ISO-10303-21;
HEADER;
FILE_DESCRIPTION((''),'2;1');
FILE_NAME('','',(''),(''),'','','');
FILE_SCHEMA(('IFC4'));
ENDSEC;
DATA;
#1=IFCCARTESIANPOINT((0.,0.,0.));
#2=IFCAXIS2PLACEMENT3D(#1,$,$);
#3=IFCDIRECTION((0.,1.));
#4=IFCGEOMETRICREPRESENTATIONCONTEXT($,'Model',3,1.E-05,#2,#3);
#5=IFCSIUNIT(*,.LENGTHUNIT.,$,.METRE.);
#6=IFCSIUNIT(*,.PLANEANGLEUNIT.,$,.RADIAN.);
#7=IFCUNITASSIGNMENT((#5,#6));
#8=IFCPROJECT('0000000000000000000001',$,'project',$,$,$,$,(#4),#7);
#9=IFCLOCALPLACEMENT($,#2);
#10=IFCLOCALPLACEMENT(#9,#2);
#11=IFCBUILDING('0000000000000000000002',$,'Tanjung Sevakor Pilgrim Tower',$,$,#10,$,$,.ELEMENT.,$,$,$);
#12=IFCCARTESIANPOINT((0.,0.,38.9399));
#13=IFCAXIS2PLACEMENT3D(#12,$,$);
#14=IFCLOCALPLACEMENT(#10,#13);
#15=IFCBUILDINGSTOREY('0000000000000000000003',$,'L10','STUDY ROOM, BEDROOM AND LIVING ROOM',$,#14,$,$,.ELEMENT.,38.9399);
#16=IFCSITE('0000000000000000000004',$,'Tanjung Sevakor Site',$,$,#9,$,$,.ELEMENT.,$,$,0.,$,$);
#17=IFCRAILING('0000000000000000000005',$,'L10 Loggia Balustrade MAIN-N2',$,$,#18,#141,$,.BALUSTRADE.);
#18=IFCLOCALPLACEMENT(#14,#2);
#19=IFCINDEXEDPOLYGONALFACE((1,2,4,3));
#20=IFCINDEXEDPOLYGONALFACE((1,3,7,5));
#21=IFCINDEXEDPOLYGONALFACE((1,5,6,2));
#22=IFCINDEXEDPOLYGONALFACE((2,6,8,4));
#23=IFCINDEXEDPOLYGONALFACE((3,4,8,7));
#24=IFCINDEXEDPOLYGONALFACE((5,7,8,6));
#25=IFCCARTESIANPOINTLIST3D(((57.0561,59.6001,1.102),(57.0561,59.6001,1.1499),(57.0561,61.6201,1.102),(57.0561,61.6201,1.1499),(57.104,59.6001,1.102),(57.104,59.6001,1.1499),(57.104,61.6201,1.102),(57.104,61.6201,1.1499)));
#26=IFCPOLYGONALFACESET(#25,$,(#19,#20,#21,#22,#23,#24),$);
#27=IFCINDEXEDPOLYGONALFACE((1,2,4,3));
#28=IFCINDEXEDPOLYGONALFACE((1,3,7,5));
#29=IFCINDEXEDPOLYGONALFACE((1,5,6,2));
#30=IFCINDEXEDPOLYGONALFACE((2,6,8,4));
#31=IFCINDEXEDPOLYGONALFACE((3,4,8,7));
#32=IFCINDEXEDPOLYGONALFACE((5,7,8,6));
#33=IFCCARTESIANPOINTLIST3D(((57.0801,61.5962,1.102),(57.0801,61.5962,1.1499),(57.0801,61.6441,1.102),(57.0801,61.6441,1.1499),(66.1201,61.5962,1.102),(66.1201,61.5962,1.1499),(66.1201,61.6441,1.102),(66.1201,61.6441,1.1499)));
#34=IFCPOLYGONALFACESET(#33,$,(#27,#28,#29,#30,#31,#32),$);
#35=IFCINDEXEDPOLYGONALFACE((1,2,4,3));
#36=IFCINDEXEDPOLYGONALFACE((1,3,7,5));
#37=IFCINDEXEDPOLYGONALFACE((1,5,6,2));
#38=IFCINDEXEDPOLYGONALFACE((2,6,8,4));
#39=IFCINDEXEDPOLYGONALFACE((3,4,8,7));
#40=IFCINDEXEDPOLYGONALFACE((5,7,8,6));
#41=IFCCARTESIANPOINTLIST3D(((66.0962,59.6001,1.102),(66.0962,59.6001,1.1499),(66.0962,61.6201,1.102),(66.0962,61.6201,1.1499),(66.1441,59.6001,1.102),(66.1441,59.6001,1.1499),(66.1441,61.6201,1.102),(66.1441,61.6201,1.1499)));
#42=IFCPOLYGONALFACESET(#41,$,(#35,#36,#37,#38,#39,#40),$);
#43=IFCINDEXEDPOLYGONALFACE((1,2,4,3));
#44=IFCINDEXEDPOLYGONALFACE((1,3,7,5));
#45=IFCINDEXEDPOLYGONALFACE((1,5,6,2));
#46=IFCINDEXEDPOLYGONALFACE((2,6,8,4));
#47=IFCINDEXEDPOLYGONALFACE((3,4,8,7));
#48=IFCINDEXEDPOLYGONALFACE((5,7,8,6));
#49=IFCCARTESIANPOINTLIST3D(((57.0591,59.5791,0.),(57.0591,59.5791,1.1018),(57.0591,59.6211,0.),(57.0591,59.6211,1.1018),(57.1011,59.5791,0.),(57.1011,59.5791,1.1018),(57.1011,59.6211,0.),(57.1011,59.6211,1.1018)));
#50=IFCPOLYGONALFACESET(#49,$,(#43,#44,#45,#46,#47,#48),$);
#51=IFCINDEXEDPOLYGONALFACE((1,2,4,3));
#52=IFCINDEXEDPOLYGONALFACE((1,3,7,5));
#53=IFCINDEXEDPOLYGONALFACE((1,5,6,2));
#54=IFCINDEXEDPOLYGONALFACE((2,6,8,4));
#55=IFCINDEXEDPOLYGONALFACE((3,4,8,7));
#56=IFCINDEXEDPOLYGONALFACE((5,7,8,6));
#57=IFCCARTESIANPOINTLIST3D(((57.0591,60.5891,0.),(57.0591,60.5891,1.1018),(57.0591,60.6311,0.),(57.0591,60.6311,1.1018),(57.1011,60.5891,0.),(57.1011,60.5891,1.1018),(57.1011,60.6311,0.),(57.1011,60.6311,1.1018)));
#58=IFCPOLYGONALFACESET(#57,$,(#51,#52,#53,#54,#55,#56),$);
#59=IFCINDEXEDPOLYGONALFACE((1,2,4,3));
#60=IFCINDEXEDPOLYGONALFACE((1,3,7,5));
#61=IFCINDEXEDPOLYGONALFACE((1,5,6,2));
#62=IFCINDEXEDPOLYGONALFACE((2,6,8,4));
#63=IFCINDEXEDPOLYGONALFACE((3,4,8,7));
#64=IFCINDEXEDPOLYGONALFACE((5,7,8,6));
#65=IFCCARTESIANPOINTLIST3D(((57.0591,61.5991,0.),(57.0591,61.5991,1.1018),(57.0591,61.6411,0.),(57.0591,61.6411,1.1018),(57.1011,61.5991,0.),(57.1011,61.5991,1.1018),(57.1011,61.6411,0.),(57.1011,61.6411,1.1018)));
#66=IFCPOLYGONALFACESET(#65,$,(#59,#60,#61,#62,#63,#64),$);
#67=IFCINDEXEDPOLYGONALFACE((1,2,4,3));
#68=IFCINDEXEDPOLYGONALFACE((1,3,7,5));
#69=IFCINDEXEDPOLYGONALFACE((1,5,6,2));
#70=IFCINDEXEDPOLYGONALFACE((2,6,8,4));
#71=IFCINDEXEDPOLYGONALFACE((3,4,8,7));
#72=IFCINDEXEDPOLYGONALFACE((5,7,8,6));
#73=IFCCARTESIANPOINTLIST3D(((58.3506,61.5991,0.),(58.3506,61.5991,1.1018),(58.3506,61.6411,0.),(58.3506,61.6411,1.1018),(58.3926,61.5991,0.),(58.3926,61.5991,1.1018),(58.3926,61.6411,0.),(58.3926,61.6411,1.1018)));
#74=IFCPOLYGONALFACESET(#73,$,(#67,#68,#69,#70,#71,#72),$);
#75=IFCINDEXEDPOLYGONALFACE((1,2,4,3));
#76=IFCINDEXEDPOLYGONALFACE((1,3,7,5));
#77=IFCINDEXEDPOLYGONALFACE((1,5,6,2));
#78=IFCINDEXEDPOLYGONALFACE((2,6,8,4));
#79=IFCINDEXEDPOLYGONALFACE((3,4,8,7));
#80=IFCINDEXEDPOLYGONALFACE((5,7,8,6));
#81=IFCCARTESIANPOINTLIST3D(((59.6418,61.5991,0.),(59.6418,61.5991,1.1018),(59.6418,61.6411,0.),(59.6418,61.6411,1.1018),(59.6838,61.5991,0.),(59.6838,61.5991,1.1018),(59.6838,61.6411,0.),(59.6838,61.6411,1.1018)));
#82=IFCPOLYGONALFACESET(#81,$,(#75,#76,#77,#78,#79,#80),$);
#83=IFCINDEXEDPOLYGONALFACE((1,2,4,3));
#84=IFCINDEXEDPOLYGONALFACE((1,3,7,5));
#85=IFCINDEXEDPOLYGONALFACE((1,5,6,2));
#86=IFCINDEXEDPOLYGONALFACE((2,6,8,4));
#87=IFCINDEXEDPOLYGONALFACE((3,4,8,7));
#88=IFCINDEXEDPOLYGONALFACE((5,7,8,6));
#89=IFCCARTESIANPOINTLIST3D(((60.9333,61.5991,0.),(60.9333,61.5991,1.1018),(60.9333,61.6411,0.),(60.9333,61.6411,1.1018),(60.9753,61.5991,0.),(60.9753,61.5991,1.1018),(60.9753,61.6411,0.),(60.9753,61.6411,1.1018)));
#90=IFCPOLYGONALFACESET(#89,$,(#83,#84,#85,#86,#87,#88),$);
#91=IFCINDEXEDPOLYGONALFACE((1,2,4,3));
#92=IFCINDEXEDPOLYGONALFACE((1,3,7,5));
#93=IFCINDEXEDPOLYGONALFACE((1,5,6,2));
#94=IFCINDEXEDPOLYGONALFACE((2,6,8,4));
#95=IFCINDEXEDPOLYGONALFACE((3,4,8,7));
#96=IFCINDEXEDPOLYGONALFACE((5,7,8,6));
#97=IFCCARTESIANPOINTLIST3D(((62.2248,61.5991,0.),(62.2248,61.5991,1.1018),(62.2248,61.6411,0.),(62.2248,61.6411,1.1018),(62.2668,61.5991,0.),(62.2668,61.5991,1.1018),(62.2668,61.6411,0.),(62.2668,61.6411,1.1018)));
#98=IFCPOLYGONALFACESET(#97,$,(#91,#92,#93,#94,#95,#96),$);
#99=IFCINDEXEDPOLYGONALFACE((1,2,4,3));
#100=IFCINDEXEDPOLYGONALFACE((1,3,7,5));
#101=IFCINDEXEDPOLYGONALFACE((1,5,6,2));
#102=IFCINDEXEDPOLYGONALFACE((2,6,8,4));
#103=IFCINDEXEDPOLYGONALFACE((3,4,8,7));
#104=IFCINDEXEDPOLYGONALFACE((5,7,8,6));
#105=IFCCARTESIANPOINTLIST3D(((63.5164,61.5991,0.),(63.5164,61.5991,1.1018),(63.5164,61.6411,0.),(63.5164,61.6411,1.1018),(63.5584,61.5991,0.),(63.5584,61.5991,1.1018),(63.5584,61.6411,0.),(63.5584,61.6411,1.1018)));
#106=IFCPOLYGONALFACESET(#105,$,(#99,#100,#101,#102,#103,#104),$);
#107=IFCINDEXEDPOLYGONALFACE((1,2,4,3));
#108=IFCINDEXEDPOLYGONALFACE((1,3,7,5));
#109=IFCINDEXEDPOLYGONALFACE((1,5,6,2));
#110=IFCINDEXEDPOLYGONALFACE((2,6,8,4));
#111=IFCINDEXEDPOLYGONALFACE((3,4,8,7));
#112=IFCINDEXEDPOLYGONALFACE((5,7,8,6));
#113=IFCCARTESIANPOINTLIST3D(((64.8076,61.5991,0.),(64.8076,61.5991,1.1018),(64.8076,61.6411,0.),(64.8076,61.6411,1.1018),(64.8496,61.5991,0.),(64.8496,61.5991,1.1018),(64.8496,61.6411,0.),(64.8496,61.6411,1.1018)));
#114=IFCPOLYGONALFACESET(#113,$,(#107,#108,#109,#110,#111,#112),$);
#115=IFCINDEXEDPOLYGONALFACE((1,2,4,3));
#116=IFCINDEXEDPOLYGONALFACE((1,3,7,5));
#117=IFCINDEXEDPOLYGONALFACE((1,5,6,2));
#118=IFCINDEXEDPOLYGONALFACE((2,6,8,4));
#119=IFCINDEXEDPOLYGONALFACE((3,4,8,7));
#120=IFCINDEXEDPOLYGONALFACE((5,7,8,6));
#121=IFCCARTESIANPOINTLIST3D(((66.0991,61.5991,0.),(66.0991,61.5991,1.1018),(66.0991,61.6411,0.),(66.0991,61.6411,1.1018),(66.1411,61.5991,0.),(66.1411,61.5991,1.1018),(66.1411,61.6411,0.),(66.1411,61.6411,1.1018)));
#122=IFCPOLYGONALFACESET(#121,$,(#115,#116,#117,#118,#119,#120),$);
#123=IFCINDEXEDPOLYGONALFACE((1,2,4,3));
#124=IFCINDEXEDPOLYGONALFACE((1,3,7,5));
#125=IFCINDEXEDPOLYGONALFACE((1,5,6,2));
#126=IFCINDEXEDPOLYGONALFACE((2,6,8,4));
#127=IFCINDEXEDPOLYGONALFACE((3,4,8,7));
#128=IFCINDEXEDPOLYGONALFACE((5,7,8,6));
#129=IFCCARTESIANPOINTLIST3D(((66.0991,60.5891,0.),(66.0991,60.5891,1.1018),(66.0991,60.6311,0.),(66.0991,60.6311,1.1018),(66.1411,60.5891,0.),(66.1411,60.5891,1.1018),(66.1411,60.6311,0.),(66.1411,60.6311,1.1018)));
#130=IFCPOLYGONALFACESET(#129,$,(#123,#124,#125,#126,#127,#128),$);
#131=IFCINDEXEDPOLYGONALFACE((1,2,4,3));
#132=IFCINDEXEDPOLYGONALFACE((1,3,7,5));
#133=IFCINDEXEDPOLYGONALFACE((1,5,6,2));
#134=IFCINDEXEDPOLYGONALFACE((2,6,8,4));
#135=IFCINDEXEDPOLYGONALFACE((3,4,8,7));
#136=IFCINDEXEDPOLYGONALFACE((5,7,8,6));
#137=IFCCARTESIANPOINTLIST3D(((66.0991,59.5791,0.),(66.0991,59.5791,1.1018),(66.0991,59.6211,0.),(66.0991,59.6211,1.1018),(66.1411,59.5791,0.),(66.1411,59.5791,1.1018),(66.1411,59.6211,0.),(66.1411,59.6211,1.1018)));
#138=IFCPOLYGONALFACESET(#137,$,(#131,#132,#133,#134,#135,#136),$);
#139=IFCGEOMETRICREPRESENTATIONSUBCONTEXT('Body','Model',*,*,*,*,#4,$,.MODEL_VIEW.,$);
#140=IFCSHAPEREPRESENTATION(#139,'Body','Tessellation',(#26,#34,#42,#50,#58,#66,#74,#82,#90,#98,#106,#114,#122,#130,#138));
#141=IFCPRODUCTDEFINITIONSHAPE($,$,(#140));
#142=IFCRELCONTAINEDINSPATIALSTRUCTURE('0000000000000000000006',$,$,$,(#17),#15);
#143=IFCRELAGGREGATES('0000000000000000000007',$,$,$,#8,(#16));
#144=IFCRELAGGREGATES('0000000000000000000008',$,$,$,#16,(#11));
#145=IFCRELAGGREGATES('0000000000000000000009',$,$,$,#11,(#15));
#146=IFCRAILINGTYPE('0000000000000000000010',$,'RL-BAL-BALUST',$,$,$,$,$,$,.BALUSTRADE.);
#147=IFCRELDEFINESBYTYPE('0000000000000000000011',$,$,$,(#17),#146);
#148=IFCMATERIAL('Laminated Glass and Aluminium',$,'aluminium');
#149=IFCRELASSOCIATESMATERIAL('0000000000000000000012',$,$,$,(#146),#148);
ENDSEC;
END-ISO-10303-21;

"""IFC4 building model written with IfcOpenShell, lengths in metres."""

from ifc_helpers import new_model, si_unit, direction, frame, origin, place, context, subcontext, project, spatial, rectangle, extrude, material, type_object, element, save


model = new_model("IFC4")

# Units and contexts
model_context = context("Model", 3, precision=1e-05, world=origin(), true_north=direction((0.0, 1.0)))
body_context = subcontext(model_context, "Body", "Model", "MODEL_VIEW")
ifc_project = project(units=[si_unit("LENGTHUNIT", "METRE"), si_unit("PLANEANGLEUNIT", "RADIAN")], contexts=[model_context])

# Site, building, storey
site_placement = place(None, origin())
site = spatial("IfcSite", under=ifc_project, at=site_placement, Name="Tanjung Sevakor Site", CompositionType="ELEMENT", RefElevation=0.0)
building_placement = place(site_placement, origin())
building = spatial("IfcBuilding", under=site, at=building_placement, Name="Tanjung Sevakor Pilgrim Tower", CompositionType="ELEMENT")
storey_placement = place(building_placement, frame((0.0, 0.0, 38.9399)))
storey = spatial("IfcBuildingStorey", under=building, at=storey_placement, Name="L10", Description="STUDY ROOM, BEDROOM AND LIVING ROOM", CompositionType="ELEMENT", Elevation=38.9399)

# Railing
ifc_material_1 = material(Name="Laminated Glass and Aluminium", Category="aluminium")
railing_type = type_object("IfcRailingType", Name="RL-BAL-BALUST", PredefinedType="BALUSTRADE", material=ifc_material_1)
railing_1_placement = place(storey_placement, frame((57.0801, 59.6001, 0.0)))
element("IfcRailing", 1, at=railing_1_placement, inside=storey, type_object=railing_type, Name="L10 Loggia Balustrade MAIN-N2", PredefinedType="BALUSTRADE", context=body_context, shape_type="SweptSolid", body=[
    extrude(rectangle(XDim=0.0479, YDim=0.0479), frame((0.0, 0.0, 1.126), z_axis=(0.0, 1.0, 0.0), x_axis=(-1.0, 0.0, 0.0)), (0.0, 0.0, 1.0), 2.02),
    extrude(rectangle(XDim=0.0479, YDim=0.0479), frame((0.0, 2.02, 1.126), z_axis=(1.0, 0.0, 0.0), x_axis=(0.0, 1.0, 0.0)), (0.0, 0.0, 1.0), 9.04),
    extrude(rectangle(XDim=0.0479, YDim=0.0479), frame((9.04, 2.02, 1.126), z_axis=(0.0, -1.0, 0.0), x_axis=(1.0, 0.0, 0.0)), (0.0, 0.0, 1.0), 2.02),
    extrude(rectangle(XDim=0.042, YDim=0.042), origin(), (0.0, 0.0, 1.0), 1.1018),
    extrude(rectangle(XDim=0.042, YDim=0.042), frame((0.0, 1.01, 0.0)), (0.0, 0.0, 1.0), 1.1018),
    extrude(rectangle(XDim=0.042, YDim=0.042), frame((0.0, 2.02, 0.0)), (0.0, 0.0, 1.0), 1.1018),
    extrude(rectangle(XDim=0.042, YDim=0.042), frame((1.2915, 2.02, 0.0)), (0.0, 0.0, 1.0), 1.1018),
    extrude(rectangle(XDim=0.042, YDim=0.042), frame((2.5828, 2.02, 0.0)), (0.0, 0.0, 1.0), 1.1018),
    extrude(rectangle(XDim=0.042, YDim=0.042), frame((3.8743, 2.02, 0.0)), (0.0, 0.0, 1.0), 1.1018),
    extrude(rectangle(XDim=0.042, YDim=0.042), frame((5.1658, 2.02, 0.0)), (0.0, 0.0, 1.0), 1.1018),
    extrude(rectangle(XDim=0.042, YDim=0.042), frame((6.4573, 2.02, 0.0)), (0.0, 0.0, 1.0), 1.1018),
    extrude(rectangle(XDim=0.042, YDim=0.042), frame((7.7485, 2.02, 0.0)), (0.0, 0.0, 1.0), 1.1018),
    extrude(rectangle(XDim=0.042, YDim=0.042), frame((9.04, 2.02, 0.0)), (0.0, 0.0, 1.0), 1.1018),
    extrude(rectangle(XDim=0.042, YDim=0.042), frame((9.04, 1.01, 0.0)), (0.0, 0.0, 1.0), 1.1018),
    extrude(rectangle(XDim=0.042, YDim=0.042), frame((9.04, 0.0, 0.0)), (0.0, 0.0, 1.0), 1.1018),
])

save(model, "model.ifc")
